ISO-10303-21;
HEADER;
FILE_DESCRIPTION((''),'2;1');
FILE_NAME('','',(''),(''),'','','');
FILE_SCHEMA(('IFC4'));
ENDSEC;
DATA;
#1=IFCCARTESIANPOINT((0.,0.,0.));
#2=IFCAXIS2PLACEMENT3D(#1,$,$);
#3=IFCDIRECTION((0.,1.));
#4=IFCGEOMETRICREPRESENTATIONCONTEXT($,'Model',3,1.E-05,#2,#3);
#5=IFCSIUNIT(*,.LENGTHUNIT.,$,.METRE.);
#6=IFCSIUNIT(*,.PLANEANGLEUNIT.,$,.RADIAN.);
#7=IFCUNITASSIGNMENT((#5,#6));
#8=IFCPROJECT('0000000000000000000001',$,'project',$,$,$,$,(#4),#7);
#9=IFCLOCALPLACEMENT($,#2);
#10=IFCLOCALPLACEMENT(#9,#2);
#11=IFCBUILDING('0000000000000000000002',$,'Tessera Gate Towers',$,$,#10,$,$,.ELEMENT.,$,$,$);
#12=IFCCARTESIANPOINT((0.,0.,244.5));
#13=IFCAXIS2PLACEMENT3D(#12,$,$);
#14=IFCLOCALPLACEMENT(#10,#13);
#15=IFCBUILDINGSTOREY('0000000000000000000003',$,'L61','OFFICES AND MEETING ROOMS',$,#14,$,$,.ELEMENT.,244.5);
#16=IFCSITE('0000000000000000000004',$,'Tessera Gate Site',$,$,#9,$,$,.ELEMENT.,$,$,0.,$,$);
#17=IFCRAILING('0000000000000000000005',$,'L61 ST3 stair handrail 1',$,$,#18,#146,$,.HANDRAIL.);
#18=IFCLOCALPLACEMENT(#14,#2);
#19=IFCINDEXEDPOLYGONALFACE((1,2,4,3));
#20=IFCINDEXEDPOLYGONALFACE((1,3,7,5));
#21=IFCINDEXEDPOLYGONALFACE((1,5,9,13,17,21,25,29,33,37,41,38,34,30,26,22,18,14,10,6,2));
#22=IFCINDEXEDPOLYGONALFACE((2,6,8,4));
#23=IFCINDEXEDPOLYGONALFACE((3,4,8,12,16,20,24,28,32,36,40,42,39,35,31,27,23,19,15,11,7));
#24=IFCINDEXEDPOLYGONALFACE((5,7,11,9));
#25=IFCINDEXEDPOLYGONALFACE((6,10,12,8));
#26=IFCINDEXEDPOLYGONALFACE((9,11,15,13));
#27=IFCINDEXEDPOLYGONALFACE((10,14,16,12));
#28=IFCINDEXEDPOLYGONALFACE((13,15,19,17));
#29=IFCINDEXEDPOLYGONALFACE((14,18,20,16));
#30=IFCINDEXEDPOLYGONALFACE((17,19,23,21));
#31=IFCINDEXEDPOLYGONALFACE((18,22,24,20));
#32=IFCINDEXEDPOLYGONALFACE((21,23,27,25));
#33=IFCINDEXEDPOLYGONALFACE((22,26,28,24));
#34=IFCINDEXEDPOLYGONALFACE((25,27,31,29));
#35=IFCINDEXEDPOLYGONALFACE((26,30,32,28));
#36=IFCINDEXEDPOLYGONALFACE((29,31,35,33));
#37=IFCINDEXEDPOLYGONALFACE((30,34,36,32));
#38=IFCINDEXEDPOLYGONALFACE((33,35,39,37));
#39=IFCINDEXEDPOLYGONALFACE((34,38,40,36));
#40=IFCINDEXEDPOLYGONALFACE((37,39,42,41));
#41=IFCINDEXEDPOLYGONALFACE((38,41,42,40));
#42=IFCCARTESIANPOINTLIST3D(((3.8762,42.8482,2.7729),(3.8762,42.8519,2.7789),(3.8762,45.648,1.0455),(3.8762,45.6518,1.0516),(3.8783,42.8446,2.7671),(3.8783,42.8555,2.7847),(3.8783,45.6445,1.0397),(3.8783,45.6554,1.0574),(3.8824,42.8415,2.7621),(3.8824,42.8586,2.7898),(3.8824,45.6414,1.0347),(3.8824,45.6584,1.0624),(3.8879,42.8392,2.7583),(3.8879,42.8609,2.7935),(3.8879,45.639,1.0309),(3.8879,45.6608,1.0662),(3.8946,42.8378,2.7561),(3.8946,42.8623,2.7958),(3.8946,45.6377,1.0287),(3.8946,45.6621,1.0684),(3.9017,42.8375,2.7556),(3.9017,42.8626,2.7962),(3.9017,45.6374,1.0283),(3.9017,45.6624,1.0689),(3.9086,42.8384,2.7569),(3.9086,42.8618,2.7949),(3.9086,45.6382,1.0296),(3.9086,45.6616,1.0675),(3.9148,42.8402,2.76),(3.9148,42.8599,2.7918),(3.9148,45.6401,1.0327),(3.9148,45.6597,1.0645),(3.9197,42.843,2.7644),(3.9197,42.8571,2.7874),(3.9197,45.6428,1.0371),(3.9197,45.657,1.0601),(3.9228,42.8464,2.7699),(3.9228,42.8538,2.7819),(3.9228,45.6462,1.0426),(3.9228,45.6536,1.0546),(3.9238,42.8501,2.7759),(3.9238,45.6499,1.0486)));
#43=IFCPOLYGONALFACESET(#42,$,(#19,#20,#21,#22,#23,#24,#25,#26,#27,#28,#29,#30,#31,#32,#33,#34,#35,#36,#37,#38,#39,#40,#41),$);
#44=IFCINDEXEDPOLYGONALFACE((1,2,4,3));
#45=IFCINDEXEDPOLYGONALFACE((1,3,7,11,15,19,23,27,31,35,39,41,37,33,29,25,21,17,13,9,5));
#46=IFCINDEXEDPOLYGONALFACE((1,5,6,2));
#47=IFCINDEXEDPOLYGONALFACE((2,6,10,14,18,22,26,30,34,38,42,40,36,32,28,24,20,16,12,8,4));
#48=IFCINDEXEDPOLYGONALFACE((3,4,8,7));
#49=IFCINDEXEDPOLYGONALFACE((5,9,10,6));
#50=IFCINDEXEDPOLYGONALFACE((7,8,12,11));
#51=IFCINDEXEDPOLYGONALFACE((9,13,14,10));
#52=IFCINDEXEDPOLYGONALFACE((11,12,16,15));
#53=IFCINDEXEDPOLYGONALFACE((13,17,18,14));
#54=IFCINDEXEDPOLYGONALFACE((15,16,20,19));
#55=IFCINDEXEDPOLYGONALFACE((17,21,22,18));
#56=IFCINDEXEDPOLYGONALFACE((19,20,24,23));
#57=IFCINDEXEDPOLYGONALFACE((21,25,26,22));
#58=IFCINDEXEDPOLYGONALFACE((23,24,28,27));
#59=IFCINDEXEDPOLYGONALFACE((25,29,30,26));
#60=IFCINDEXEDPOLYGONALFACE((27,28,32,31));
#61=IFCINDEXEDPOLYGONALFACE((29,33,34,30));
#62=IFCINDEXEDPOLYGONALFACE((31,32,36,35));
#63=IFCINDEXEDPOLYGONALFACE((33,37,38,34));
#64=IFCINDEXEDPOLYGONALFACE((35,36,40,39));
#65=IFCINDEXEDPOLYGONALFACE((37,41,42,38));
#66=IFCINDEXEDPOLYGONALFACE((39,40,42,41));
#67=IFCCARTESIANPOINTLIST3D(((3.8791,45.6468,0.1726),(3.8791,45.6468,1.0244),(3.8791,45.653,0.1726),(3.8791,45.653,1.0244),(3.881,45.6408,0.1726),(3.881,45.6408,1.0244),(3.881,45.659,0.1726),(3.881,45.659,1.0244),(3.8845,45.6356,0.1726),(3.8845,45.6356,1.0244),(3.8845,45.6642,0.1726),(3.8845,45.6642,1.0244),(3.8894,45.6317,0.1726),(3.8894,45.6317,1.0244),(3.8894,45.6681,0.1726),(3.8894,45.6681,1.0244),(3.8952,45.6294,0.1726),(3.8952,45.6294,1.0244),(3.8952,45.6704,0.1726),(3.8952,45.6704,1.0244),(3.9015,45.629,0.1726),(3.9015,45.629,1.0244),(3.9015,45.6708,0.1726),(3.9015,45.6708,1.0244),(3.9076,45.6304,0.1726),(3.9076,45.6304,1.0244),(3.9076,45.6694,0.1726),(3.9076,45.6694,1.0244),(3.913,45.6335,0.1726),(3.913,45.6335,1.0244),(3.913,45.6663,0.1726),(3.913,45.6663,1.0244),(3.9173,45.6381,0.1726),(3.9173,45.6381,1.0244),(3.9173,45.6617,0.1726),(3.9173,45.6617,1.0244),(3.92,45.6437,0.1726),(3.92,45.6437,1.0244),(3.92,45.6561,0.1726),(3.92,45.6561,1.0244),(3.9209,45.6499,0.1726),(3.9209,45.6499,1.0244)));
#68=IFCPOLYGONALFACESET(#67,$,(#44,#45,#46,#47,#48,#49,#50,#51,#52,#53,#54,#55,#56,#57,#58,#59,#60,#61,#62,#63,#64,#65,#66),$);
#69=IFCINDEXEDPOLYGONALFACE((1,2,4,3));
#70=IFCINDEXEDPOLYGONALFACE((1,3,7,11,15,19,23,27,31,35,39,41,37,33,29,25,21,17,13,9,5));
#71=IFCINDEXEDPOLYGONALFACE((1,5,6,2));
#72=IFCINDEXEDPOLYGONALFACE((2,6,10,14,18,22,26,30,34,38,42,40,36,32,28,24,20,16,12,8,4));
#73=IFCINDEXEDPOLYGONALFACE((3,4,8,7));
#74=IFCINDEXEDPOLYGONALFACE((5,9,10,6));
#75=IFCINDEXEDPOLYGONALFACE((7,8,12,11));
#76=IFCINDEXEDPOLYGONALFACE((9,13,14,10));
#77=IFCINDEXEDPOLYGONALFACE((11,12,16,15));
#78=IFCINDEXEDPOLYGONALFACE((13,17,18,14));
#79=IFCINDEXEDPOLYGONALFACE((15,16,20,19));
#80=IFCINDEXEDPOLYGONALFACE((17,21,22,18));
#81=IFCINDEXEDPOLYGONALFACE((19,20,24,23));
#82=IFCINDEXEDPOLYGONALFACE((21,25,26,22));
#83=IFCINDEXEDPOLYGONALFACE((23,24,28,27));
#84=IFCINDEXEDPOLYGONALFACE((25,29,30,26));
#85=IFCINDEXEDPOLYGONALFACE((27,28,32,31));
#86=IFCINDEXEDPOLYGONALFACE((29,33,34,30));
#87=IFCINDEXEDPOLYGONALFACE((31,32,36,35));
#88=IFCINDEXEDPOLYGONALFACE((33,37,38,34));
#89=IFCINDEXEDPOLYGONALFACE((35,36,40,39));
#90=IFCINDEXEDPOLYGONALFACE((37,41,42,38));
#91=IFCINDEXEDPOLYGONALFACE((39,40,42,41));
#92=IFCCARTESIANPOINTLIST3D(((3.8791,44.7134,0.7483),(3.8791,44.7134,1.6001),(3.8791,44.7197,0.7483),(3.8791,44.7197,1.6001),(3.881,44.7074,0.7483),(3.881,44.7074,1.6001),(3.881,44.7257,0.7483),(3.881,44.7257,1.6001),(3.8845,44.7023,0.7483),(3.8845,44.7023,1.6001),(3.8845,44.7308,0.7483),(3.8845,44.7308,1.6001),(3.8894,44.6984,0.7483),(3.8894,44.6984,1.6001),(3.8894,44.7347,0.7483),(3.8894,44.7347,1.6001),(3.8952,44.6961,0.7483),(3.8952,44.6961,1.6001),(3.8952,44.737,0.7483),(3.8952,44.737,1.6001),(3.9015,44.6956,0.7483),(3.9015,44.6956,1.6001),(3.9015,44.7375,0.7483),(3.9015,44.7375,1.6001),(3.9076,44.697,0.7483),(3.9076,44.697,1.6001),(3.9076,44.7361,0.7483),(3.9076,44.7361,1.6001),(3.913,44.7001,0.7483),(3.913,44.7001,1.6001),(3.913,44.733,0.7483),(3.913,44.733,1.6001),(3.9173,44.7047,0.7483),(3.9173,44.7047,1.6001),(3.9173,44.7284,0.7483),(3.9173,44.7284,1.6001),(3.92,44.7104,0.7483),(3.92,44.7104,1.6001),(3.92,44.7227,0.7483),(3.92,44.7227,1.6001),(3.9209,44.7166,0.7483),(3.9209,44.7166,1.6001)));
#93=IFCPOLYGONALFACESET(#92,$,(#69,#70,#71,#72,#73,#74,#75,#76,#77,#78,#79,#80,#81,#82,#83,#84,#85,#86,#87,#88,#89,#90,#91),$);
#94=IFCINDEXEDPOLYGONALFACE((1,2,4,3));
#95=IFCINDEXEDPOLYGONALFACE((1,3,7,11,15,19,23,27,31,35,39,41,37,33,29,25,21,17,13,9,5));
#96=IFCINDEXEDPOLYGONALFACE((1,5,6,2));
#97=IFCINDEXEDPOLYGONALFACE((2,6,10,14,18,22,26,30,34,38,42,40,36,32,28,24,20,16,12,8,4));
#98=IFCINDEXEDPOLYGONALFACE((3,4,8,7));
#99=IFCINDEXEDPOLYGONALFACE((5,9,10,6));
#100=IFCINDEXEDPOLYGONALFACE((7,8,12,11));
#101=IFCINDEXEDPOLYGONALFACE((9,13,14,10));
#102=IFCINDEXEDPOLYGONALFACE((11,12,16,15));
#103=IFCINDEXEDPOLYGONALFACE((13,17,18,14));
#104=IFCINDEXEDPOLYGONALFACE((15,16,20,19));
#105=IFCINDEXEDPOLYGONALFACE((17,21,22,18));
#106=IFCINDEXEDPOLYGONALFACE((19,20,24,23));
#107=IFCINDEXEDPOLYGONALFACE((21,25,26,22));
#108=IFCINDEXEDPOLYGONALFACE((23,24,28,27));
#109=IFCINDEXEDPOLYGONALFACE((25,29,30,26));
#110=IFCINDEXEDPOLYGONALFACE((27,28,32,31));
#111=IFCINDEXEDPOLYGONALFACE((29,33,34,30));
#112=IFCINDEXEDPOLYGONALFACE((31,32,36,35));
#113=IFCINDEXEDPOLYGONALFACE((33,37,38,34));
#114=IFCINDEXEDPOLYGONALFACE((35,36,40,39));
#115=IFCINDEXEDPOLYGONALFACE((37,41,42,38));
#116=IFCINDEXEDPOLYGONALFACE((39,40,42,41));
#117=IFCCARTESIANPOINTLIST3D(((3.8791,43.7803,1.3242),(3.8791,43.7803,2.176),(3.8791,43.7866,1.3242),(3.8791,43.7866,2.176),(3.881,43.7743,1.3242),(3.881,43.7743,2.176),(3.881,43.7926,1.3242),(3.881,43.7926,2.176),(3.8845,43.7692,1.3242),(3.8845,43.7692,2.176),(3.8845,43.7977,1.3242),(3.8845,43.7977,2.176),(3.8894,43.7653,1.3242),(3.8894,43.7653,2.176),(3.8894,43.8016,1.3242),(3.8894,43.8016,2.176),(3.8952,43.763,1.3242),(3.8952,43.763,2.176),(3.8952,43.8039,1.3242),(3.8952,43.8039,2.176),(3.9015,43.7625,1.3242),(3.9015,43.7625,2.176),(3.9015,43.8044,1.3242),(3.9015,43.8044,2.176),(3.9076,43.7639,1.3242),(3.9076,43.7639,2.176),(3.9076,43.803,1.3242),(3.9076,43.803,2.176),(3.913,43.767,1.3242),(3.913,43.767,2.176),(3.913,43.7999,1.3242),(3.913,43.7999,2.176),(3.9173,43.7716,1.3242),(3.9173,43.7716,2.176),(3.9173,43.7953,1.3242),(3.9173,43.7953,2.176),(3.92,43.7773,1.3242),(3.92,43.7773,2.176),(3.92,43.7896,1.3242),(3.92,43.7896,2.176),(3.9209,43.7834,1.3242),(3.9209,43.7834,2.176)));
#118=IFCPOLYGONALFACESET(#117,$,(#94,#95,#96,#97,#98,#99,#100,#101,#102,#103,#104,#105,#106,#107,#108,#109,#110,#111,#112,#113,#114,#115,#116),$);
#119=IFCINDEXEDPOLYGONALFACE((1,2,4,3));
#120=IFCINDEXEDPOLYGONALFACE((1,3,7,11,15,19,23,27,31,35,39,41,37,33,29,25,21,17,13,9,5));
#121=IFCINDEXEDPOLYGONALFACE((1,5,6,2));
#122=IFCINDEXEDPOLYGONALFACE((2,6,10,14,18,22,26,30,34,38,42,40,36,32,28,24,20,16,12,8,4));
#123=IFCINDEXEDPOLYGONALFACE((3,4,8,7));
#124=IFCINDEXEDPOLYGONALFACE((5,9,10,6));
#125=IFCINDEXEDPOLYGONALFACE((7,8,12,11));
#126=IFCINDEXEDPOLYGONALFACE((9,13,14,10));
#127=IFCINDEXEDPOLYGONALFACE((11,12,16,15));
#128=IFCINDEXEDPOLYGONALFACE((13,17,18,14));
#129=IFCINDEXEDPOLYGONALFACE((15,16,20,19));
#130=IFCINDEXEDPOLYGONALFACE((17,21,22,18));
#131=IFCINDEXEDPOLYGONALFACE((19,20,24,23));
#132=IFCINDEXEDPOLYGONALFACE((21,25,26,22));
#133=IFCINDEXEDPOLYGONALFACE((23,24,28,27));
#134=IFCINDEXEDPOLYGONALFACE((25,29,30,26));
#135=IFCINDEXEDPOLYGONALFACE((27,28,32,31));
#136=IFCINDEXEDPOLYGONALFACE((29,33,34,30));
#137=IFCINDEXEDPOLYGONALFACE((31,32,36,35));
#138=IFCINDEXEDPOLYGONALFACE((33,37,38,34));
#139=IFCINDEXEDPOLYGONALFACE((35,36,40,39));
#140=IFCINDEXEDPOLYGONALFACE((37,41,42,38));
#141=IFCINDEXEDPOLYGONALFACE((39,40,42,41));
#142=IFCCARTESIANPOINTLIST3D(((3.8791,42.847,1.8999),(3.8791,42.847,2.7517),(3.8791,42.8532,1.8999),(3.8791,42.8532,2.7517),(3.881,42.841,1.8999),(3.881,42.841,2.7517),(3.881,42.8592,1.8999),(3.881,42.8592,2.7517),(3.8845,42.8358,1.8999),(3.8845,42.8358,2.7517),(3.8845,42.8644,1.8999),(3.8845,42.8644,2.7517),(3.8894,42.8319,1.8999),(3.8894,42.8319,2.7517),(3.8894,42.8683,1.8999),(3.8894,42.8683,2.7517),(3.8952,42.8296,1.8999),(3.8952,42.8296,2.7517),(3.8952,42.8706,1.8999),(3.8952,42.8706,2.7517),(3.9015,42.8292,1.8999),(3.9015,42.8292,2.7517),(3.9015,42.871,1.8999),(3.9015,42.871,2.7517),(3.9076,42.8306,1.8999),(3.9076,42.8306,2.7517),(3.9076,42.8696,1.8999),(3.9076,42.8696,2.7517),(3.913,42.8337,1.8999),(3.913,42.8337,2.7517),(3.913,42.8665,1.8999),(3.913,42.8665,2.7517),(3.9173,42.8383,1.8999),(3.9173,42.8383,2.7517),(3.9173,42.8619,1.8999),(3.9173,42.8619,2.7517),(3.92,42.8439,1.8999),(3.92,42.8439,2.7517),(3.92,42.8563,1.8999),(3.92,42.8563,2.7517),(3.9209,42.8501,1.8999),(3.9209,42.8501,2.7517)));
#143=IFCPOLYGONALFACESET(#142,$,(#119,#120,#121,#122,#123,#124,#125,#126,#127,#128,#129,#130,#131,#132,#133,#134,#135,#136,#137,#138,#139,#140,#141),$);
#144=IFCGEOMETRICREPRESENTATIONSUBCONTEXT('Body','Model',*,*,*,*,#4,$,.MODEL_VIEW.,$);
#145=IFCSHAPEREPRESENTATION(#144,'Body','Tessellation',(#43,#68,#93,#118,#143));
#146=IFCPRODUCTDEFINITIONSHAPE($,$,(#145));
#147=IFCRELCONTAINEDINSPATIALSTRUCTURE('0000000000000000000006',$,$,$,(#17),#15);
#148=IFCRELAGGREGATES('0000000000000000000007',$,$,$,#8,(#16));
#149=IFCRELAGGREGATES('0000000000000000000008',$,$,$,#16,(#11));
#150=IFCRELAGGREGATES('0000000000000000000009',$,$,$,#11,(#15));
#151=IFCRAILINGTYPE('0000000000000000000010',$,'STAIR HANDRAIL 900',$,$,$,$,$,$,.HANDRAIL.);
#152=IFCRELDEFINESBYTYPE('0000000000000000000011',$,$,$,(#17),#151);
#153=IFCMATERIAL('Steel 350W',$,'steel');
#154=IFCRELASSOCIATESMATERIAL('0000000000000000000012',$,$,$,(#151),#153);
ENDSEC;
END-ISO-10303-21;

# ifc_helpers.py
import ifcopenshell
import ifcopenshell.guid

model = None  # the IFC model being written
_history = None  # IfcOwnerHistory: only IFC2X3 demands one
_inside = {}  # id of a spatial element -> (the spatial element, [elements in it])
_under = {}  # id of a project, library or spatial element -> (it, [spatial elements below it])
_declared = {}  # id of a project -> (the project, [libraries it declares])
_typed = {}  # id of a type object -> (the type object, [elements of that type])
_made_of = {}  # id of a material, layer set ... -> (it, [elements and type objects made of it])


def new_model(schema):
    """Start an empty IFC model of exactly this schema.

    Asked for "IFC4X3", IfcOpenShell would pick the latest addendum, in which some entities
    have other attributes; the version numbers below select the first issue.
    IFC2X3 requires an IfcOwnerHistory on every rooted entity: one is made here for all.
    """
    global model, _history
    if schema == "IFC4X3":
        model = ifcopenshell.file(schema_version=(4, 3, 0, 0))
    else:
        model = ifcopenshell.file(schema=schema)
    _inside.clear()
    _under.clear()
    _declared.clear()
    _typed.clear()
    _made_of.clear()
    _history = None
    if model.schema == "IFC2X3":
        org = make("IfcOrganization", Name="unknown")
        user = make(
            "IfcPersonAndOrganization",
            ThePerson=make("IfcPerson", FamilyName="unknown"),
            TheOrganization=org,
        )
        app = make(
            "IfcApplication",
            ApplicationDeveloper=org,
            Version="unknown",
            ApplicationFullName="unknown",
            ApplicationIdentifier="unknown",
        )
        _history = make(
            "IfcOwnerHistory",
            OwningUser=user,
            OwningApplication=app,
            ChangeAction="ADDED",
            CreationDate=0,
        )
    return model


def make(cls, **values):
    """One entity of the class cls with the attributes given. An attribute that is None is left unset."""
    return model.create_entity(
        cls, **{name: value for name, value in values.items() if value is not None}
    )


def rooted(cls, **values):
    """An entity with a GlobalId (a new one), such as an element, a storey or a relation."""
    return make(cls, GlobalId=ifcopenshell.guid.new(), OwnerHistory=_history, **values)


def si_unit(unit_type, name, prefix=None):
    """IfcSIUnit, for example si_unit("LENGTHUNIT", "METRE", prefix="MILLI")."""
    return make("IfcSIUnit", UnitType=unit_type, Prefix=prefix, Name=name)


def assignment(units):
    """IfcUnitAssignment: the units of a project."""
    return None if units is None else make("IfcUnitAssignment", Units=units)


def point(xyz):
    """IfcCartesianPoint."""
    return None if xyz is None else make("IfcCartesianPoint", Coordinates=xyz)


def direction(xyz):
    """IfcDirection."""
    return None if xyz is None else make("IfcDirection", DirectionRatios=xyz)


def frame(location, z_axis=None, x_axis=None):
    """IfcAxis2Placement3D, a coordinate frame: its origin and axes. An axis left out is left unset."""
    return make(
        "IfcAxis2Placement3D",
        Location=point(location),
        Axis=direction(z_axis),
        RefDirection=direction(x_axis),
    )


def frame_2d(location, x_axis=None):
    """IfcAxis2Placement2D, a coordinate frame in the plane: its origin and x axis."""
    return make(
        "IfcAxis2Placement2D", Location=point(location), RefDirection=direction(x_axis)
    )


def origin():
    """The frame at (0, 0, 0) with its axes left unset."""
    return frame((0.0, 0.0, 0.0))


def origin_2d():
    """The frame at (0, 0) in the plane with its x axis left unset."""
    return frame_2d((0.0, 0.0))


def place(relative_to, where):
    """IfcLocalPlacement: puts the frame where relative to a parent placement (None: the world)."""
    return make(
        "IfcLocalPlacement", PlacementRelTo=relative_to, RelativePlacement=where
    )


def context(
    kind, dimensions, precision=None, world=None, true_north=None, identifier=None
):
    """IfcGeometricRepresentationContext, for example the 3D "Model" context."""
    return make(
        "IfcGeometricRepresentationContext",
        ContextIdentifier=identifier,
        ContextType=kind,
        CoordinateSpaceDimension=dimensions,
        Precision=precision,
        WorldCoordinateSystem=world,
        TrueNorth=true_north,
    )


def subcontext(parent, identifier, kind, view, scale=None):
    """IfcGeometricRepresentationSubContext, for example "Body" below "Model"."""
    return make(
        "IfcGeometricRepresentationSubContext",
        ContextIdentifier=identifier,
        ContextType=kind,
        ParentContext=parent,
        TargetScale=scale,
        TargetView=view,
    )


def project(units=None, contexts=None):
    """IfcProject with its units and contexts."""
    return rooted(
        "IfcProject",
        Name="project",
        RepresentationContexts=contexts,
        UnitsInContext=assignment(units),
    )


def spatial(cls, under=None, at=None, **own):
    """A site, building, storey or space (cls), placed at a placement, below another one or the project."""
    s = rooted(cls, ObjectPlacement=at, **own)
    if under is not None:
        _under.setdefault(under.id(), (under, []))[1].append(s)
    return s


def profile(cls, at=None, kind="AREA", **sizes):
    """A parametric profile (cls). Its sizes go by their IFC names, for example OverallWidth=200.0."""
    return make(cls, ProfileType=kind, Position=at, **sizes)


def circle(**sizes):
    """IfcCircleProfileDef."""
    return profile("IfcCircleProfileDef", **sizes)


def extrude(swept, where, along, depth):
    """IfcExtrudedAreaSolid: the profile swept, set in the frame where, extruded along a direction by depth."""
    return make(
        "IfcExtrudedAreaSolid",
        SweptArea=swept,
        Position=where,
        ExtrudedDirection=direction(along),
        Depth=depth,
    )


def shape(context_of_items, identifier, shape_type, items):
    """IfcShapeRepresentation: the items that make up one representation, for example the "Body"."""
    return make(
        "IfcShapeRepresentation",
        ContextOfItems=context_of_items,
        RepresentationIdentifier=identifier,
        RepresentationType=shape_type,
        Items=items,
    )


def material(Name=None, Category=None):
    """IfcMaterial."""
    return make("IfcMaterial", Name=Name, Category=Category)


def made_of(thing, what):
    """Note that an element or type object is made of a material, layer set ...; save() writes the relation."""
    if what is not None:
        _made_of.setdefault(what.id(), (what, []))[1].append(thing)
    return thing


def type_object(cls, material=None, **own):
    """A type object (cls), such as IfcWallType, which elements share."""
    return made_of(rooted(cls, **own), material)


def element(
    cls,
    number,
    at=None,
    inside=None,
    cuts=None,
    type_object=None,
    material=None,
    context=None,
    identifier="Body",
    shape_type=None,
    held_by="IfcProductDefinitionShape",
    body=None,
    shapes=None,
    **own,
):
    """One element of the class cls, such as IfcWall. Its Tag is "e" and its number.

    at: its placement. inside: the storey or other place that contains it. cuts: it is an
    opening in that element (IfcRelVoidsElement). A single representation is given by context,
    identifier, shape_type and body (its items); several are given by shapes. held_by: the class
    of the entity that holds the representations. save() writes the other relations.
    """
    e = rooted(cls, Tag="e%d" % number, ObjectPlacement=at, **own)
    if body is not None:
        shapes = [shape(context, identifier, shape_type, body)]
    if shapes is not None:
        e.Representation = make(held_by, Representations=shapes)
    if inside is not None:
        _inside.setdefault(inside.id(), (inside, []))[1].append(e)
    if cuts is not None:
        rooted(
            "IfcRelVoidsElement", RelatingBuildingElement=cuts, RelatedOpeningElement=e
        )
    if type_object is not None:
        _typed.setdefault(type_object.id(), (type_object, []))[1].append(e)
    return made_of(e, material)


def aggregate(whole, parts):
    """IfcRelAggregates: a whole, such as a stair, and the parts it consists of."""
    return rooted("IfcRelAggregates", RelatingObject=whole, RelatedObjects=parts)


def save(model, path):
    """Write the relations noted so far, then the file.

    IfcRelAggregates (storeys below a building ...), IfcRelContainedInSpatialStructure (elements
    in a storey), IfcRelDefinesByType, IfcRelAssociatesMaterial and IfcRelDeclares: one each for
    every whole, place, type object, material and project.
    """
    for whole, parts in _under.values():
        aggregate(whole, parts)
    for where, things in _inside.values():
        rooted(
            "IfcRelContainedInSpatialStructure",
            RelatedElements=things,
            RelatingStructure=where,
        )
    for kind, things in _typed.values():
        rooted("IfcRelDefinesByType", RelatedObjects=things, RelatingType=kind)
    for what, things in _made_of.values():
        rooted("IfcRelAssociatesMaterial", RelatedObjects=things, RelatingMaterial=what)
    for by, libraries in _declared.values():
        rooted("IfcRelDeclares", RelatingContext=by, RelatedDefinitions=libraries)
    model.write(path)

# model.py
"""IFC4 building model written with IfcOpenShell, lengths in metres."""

from ifc_helpers import new_model, si_unit, direction, frame, origin, origin_2d, place, context, subcontext, project, spatial, circle, extrude, material, type_object, element, save


model = new_model("IFC4")

# Units and contexts
model_context = context("Model", 3, precision=1e-05, world=origin(), true_north=direction((0.0, 1.0)))
body_context = subcontext(model_context, "Body", "Model", "MODEL_VIEW")
ifc_project = project(units=[si_unit("LENGTHUNIT", "METRE"), si_unit("PLANEANGLEUNIT", "RADIAN")], contexts=[model_context])

# Site, building, storey
site_placement = place(None, origin())
site = spatial("IfcSite", under=ifc_project, at=site_placement, Name="Tessera Gate Site", CompositionType="ELEMENT", RefElevation=0.0)
building_placement = place(site_placement, origin())
building = spatial("IfcBuilding", under=site, at=building_placement, Name="Tessera Gate Towers", CompositionType="ELEMENT")
storey_placement = place(building_placement, frame((0.0, 0.0, 244.5)))
storey = spatial("IfcBuildingStorey", under=building, at=storey_placement, Name="L61", Description="OFFICES AND MEETING ROOMS", CompositionType="ELEMENT", Elevation=244.5)

# Railing
ifc_material_1 = material(Name="Steel 350W", Category="steel")
railing_type_1 = type_object("IfcRailingType", Name="STAIR HANDRAIL 900", PredefinedType="HANDRAIL", material=ifc_material_1)
railing_1_placement = place(storey_placement, frame((3.8999, 45.6499, 0.1726)))
element("IfcRailing", 1, at=railing_1_placement, inside=storey, type_object=railing_type_1, Name="L61 ST3 stair handrail 1", PredefinedType="HANDRAIL", context=body_context, shape_type="SweptSolid", body=[
    extrude(circle(Radius=0.0239, at=origin_2d()), frame((0.0, 0.0, 0.876), z_axis=(0.0, -0.851069, 0.525054), x_axis=(1.0, 0.0, 0.0)), (0.0, 0.0, 1.0), 3.2898),
    extrude(circle(Radius=0.021, at=origin_2d()), origin(), (0.0, 0.0, 1.0), 0.8518),
    extrude(circle(Radius=0.021, at=origin_2d()), frame((0.0, -0.9333, 0.5757)), (0.0, 0.0, 1.0), 0.8518),
    extrude(circle(Radius=0.021, at=origin_2d()), frame((0.0, -1.8665, 1.1516)), (0.0, 0.0, 1.0), 0.8518),
    extrude(circle(Radius=0.021, at=origin_2d()), frame((0.0, -2.7998, 1.7273)), (0.0, 0.0, 1.0), 0.8518),
])

save(model, "model.ifc")
